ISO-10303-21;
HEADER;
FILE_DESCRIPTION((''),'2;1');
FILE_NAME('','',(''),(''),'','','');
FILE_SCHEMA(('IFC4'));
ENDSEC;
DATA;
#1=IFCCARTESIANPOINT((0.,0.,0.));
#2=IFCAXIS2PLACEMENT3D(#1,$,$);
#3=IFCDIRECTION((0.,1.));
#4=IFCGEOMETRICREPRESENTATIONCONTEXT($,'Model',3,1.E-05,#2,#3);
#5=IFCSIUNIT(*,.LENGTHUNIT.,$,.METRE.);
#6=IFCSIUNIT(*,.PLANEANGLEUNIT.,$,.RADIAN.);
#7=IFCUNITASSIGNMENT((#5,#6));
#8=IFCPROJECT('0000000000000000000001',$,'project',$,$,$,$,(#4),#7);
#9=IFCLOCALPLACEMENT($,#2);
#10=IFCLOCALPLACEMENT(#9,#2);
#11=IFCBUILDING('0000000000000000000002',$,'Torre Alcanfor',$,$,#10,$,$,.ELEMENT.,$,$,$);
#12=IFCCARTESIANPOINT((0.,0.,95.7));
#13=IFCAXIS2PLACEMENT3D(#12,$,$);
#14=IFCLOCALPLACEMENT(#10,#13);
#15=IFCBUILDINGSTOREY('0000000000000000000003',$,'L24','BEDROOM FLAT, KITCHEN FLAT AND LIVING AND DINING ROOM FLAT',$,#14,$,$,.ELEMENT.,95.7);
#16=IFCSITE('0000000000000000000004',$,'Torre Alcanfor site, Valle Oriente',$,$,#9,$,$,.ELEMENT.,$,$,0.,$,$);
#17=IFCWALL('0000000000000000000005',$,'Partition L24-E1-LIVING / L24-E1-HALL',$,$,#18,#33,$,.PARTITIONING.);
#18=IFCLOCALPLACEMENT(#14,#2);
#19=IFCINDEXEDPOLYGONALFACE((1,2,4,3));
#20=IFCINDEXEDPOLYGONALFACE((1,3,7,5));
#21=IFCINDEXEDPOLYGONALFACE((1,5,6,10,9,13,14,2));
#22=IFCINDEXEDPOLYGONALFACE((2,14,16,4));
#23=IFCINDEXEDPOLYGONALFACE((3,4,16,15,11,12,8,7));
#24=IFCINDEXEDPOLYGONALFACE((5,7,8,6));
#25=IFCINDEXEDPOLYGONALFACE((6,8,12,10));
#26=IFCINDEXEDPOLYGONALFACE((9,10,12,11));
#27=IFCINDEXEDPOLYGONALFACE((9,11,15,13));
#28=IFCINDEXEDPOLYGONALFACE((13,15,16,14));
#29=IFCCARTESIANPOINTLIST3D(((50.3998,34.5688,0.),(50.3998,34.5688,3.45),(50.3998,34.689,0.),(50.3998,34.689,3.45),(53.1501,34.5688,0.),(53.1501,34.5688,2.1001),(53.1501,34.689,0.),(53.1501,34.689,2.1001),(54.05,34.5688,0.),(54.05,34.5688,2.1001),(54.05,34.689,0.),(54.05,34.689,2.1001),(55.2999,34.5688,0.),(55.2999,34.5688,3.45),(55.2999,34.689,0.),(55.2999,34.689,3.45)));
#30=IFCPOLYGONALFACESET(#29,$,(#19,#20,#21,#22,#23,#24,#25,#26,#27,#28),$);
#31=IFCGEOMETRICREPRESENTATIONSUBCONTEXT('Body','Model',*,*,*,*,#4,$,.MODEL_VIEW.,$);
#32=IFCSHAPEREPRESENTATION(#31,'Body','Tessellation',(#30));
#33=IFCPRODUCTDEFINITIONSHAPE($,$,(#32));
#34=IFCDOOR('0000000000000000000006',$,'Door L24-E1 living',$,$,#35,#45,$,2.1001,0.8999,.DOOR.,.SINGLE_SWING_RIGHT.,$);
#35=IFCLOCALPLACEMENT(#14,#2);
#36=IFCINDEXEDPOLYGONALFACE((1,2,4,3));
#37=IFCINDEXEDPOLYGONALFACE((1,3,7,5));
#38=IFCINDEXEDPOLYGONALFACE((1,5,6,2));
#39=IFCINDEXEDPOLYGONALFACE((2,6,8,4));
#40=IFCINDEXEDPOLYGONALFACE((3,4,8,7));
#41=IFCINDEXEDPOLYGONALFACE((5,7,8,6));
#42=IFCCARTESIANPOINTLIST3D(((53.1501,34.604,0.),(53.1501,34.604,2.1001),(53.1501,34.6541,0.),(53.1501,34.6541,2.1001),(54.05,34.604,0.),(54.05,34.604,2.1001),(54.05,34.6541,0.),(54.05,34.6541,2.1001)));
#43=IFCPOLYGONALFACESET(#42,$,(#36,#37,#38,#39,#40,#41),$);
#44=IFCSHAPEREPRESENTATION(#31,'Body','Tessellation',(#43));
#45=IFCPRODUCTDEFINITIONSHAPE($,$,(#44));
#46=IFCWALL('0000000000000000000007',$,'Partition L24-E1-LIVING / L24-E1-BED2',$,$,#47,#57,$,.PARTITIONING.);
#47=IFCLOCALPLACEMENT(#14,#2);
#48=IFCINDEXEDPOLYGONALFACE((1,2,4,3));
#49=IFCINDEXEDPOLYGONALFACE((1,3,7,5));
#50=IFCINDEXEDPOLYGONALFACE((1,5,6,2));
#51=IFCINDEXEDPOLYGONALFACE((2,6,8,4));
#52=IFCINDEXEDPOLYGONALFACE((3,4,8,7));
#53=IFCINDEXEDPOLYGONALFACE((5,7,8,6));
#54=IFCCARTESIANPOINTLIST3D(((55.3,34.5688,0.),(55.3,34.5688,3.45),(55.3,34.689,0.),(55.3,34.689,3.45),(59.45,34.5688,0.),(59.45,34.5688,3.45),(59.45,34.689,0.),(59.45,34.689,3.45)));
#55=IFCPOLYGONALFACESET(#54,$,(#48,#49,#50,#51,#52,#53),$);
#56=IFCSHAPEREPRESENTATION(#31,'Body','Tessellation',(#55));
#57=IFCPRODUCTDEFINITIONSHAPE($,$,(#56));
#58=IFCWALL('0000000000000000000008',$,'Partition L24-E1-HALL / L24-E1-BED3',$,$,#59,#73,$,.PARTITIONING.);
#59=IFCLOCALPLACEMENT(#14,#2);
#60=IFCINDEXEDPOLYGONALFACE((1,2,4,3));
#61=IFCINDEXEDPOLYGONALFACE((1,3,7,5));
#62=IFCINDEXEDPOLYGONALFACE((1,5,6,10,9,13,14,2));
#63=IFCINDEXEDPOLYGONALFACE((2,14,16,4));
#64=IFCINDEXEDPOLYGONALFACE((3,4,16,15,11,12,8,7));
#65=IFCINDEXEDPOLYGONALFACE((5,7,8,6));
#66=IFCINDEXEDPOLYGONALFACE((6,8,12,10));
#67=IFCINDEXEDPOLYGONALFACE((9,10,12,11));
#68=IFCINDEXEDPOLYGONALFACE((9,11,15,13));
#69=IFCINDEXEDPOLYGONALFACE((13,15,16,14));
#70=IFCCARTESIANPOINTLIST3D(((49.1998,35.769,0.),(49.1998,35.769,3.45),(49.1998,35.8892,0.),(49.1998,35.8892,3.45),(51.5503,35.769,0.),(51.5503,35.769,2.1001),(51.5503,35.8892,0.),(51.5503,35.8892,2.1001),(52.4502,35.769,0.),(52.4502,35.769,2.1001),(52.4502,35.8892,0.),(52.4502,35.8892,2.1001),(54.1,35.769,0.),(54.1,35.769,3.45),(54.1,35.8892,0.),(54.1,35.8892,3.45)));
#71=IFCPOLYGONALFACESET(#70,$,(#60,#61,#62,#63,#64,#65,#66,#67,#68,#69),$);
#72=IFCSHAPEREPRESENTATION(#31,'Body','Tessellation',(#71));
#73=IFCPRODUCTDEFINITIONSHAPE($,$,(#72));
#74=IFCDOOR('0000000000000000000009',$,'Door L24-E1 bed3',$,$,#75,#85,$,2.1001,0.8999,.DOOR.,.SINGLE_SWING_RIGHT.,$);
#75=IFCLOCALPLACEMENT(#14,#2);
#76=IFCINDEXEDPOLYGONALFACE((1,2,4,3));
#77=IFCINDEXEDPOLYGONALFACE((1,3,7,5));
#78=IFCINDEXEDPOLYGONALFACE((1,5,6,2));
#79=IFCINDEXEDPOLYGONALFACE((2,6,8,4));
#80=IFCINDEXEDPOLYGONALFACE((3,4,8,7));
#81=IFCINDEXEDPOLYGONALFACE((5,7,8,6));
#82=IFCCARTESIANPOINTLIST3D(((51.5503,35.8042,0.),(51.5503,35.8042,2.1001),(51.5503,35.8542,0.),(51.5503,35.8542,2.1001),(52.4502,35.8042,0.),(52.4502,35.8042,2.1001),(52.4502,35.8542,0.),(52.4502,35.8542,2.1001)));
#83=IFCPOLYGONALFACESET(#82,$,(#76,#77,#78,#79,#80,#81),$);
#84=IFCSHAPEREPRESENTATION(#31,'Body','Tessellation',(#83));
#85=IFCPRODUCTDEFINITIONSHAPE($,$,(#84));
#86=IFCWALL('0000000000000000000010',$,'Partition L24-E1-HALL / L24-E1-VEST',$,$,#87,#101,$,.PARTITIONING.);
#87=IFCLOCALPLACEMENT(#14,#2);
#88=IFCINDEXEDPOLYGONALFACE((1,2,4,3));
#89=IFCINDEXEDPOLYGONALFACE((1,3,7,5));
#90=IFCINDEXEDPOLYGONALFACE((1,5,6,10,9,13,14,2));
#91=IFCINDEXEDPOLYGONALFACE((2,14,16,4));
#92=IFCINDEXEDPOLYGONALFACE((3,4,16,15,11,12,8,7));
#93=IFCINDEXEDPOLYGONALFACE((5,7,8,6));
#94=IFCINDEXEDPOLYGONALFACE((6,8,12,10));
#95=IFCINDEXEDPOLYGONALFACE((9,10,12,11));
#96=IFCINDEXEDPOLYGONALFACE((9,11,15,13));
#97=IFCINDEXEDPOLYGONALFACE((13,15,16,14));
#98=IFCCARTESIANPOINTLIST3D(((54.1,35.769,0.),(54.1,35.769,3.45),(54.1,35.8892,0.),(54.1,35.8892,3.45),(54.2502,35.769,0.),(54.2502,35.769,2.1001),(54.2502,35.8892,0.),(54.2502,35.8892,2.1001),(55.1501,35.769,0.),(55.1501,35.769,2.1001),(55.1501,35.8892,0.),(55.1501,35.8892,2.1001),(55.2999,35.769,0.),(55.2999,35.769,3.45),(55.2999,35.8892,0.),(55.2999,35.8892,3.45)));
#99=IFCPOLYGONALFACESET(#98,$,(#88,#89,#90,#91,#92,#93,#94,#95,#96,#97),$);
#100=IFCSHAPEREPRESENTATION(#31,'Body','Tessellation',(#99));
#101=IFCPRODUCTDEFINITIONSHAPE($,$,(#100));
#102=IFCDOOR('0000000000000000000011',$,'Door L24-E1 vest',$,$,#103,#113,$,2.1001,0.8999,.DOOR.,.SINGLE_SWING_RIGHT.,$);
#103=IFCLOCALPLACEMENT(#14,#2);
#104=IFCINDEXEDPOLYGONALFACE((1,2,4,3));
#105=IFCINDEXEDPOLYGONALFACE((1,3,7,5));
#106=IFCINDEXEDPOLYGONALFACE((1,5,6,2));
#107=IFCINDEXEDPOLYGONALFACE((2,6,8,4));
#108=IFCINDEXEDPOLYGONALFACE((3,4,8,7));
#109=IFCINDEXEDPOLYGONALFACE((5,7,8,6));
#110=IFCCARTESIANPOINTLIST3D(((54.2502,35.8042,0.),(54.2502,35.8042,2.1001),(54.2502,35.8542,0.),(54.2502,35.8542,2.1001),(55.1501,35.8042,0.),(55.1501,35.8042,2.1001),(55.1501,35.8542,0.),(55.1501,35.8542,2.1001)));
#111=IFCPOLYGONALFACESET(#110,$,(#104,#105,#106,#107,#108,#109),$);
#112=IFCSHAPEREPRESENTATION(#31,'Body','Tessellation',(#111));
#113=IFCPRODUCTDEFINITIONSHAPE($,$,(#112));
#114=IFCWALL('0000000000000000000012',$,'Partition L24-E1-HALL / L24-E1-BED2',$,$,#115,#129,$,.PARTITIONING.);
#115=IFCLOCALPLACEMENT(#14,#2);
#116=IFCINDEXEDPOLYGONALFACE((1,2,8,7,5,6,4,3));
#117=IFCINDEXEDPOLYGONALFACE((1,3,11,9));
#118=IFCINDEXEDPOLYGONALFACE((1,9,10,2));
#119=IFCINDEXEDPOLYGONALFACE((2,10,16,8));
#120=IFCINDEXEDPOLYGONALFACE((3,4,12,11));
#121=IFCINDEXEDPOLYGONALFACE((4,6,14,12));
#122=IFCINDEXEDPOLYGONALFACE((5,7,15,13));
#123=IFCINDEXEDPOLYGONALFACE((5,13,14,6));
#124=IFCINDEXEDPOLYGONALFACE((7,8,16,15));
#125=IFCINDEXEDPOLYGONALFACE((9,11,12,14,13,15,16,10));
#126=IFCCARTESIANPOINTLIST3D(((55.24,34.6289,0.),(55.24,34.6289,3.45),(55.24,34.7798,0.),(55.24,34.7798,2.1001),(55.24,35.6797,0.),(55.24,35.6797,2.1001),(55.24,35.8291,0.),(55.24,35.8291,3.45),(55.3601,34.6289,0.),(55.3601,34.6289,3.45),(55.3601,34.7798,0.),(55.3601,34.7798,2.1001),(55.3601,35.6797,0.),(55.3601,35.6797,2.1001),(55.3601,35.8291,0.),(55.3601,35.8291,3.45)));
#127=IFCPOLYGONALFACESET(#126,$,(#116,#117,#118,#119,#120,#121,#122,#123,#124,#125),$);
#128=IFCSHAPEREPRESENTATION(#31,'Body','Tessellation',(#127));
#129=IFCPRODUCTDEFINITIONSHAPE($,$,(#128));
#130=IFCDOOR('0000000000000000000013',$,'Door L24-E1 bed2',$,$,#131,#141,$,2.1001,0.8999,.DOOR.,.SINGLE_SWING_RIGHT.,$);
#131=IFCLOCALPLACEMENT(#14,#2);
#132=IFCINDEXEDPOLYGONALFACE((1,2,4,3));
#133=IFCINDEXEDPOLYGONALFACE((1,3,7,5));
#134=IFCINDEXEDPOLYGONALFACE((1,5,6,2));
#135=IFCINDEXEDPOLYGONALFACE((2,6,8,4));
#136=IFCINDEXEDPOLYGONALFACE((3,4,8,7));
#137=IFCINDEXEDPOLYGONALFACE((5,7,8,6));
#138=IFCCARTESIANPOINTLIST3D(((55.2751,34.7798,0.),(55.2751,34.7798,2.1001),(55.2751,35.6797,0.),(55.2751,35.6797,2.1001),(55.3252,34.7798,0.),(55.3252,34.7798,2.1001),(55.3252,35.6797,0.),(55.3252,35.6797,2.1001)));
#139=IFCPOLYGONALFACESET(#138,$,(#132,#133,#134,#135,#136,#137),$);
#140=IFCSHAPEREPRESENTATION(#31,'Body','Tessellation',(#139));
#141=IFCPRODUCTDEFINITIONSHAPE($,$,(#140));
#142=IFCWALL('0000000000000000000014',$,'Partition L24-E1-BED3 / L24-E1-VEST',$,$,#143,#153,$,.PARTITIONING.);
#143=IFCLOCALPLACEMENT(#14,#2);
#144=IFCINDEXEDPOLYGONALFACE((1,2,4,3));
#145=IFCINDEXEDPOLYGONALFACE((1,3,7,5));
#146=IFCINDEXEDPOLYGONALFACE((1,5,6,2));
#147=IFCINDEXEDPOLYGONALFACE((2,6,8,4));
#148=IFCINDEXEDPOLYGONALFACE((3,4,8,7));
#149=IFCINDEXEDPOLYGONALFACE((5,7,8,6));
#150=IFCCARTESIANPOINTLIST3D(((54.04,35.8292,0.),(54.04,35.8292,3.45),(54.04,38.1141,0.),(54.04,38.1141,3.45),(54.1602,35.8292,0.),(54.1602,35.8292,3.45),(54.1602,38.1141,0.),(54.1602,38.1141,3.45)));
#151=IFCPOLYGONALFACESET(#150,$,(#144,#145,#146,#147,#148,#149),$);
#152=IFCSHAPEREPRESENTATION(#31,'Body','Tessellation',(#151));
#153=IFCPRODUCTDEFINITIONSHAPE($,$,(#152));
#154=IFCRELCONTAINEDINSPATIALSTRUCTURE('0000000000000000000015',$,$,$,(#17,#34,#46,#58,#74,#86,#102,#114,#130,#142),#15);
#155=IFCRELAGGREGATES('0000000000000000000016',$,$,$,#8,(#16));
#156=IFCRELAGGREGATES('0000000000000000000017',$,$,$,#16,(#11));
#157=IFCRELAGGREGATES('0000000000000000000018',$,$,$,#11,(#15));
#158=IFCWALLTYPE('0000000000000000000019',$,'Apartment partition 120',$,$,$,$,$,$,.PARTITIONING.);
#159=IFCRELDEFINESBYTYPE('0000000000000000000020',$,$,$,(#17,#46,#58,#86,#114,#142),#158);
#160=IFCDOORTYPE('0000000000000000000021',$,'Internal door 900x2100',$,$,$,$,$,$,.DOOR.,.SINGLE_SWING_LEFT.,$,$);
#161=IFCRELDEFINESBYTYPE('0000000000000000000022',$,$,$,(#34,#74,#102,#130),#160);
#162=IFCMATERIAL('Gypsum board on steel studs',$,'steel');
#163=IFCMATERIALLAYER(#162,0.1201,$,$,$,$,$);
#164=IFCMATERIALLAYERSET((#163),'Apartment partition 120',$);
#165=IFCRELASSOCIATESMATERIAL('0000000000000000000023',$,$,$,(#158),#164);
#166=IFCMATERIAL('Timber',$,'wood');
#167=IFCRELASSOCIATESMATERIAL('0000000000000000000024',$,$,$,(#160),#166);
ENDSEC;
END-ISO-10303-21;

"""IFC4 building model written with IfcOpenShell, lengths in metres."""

from ifc_helpers import new_model, si_unit, direction, frame, frame_2d, origin, place, context, subcontext, project, spatial, rectangle, extrude, material, layer, layer_set, type_object, element, fill, save


model = new_model("IFC4")

# Units and contexts
model_context = context("Model", 3, precision=1e-05, world=origin(), true_north=direction((0.0, 1.0)))
body_context = subcontext(model_context, "Body", "Model", "MODEL_VIEW")
ifc_project = project(units=[si_unit("LENGTHUNIT", "METRE"), si_unit("PLANEANGLEUNIT", "RADIAN")], contexts=[model_context])

# Site, building, storey
site_placement = place(None, origin())
site = spatial("IfcSite", under=ifc_project, at=site_placement, Name="Torre Alcanfor site, Valle Oriente", CompositionType="ELEMENT", RefElevation=0.0)
building_placement = place(site_placement, origin())
building = spatial("IfcBuilding", under=site, at=building_placement, Name="Torre Alcanfor", CompositionType="ELEMENT")
storey_placement = place(building_placement, frame((0.0, 0.0, 95.7)))
storey = spatial("IfcBuildingStorey", under=building, at=storey_placement, Name="L24", Description="BEDROOM FLAT, KITCHEN FLAT AND LIVING AND DINING ROOM FLAT", CompositionType="ELEMENT", Elevation=95.7)

# Shared definitions
ifc_material_1 = material(Name="Gypsum board on steel studs", Category="steel")
ifc_layer_1 = layer(ifc_material_1, 0.1201)
ifc_layer_set_1 = layer_set([ifc_layer_1], Name="Apartment partition 120")
wall_type = type_object("IfcWallType", Name="Apartment partition 120", PredefinedType="PARTITIONING", material=ifc_layer_set_1)

# Wall, opening, door
wall_1_placement = place(storey_placement, frame((55.3, 34.6289, 0.0), z_axis=(0.0, 0.0, 1.0), x_axis=(-1.0, 0.0, 0.0)))
wall_1 = element("IfcWall", 1, at=wall_1_placement, inside=storey, type_object=wall_type, Name="Partition L24-E1-LIVING / L24-E1-HALL", PredefinedType="PARTITIONING", context=body_context, shape_type="SweptSolid", body=[
    extrude(rectangle(XDim=4.9001, YDim=0.1201, at=frame_2d((2.4502, 0.0))), origin(), (0.0, 0.0, 1.0), 3.45),
])
opening_1_placement = place(wall_1_placement, frame((1.25, 0.0, 0.0)))
opening_1 = element("IfcOpeningElement", 2, at=opening_1_placement, cuts=wall_1, PredefinedType="OPENING", context=body_context, shape_type="SweptSolid", body=[
    extrude(rectangle(XDim=0.8999, YDim=2.1001, at=frame_2d((0.45, 1.05))), frame((0.0, 0.0701, 0.0), z_axis=(0.0, -1.0, 0.0), x_axis=(1.0, 0.0, 0.0)), (0.0, 0.0, 1.0), 0.1401),
])
ifc_material_2 = material(Name="Timber", Category="wood")
door_type = type_object("IfcDoorType", Name="Internal door 900x2100", OperationType="SINGLE_SWING_LEFT", PredefinedType="DOOR", material=ifc_material_2)
door_1_placement = place(opening_1_placement, origin())
door_1 = element("IfcDoor", 3, at=door_1_placement, inside=storey, type_object=door_type, Name="Door L24-E1 living", OperationType="SINGLE_SWING_RIGHT", OverallHeight=2.1001, OverallWidth=0.8999, PredefinedType="DOOR", context=body_context, shape_type="SweptSolid", body=[
    extrude(rectangle(XDim=0.8999, YDim=2.1001, at=frame_2d((0.45, 1.05))), frame((0.0, 0.0249, 0.0), z_axis=(0.0, -1.0, 0.0), x_axis=(1.0, 0.0, 0.0)), (0.0, 0.0, 1.0), 0.05),
])
fill(opening_1, door_1)

# Wall
wall_2_placement = place(storey_placement, frame((59.45, 34.6289, 0.0), z_axis=(0.0, 0.0, 1.0), x_axis=(-1.0, 0.0, 0.0)))
element("IfcWall", 4, at=wall_2_placement, inside=storey, type_object=wall_type, Name="Partition L24-E1-LIVING / L24-E1-BED2", PredefinedType="PARTITIONING", context=body_context, shape_type="SweptSolid", body=[
    extrude(rectangle(XDim=4.1499, YDim=0.1201, at=frame_2d((2.075, 0.0))), origin(), (0.0, 0.0, 1.0), 3.45),
])

# Walls, openings, doors
wall_3_placement = place(storey_placement, frame((54.1001, 35.8291, 0.0), z_axis=(0.0, 0.0, 1.0), x_axis=(-1.0, 0.0, 0.0)))
wall_3 = element("IfcWall", 5, at=wall_3_placement, inside=storey, type_object=wall_type, Name="Partition L24-E1-HALL / L24-E1-BED3", PredefinedType="PARTITIONING", context=body_context, shape_type="SweptSolid", body=[
    extrude(rectangle(XDim=4.9001, YDim=0.1201, at=frame_2d((2.4502, 0.0))), origin(), (0.0, 0.0, 1.0), 3.45),
])
opening_2_placement = place(wall_3_placement, frame((1.6499, 0.0, 0.0)))
opening_2 = element("IfcOpeningElement", 6, at=opening_2_placement, cuts=wall_3, PredefinedType="OPENING", context=body_context, shape_type="SweptSolid", body=[
    extrude(rectangle(XDim=0.8999, YDim=2.1001, at=frame_2d((0.45, 1.05))), frame((0.0, 0.0701, 0.0), z_axis=(0.0, -1.0, 0.0), x_axis=(1.0, 0.0, 0.0)), (0.0, 0.0, 1.0), 0.1401),
])
door_2_placement = place(opening_2_placement, frame((0.8999, 0.0, 0.0), z_axis=(0.0, 0.0, 1.0), x_axis=(-1.0, 0.0, 0.0)))
door_2 = element("IfcDoor", 7, at=door_2_placement, inside=storey, type_object=door_type, Name="Door L24-E1 bed3", OperationType="SINGLE_SWING_RIGHT", OverallHeight=2.1001, OverallWidth=0.8999, PredefinedType="DOOR", context=body_context, shape_type="SweptSolid", body=[
    extrude(rectangle(XDim=0.8999, YDim=2.1001, at=frame_2d((0.45, 1.05))), frame((0.0, 0.0251, 0.0), z_axis=(0.0, -1.0, 0.0), x_axis=(1.0, 0.0, 0.0)), (0.0, 0.0, 1.0), 0.05),
])
fill(opening_2, door_2)
wall_4_placement = place(storey_placement, frame((55.3, 35.8291, 0.0), z_axis=(0.0, 0.0, 1.0), x_axis=(-1.0, 0.0, 0.0)))
wall_4 = element("IfcWall", 8, at=wall_4_placement, inside=storey, type_object=wall_type, Name="Partition L24-E1-HALL / L24-E1-VEST", PredefinedType="PARTITIONING", context=body_context, shape_type="SweptSolid", body=[
    extrude(rectangle(XDim=1.2, YDim=0.1201, at=frame_2d((0.6001, 0.0))), origin(), (0.0, 0.0, 1.0), 3.45),
])
opening_3_placement = place(wall_4_placement, frame((0.1499, 0.0, 0.0)))
opening_3 = element("IfcOpeningElement", 9, at=opening_3_placement, cuts=wall_4, PredefinedType="OPENING", context=body_context, shape_type="SweptSolid", body=[
    extrude(rectangle(XDim=0.8999, YDim=2.1001, at=frame_2d((0.45, 1.05))), frame((0.0, 0.0701, 0.0), z_axis=(0.0, -1.0, 0.0), x_axis=(1.0, 0.0, 0.0)), (0.0, 0.0, 1.0), 0.1401),
])
door_3_placement = place(opening_3_placement, frame((0.8999, 0.0, 0.0), z_axis=(0.0, 0.0, 1.0), x_axis=(-1.0, 0.0, 0.0)))
door_3 = element("IfcDoor", 10, at=door_3_placement, inside=storey, type_object=door_type, Name="Door L24-E1 vest", OperationType="SINGLE_SWING_RIGHT", OverallHeight=2.1001, OverallWidth=0.8999, PredefinedType="DOOR", context=body_context, shape_type="SweptSolid", body=[
    extrude(rectangle(XDim=0.8999, YDim=2.1001, at=frame_2d((0.45, 1.05))), frame((0.0, 0.0251, 0.0), z_axis=(0.0, -1.0, 0.0), x_axis=(1.0, 0.0, 0.0)), (0.0, 0.0, 1.0), 0.05),
])
fill(opening_3, door_3)
wall_5_placement = place(storey_placement, frame((55.3, 34.6289, 0.0), z_axis=(0.0, 0.0, 1.0), x_axis=(0.0, 1.0, 0.0)))
wall_5 = element("IfcWall", 11, at=wall_5_placement, inside=storey, type_object=wall_type, Name="Partition L24-E1-HALL / L24-E1-BED2", PredefinedType="PARTITIONING", context=body_context, shape_type="SweptSolid", body=[
    extrude(rectangle(XDim=1.2002, YDim=0.1201, at=frame_2d((0.6001, 0.0))), origin(), (0.0, 0.0, 1.0), 3.45),
])
opening_4_placement = place(wall_5_placement, frame((0.1509, 0.0, 0.0)))
opening_4 = element("IfcOpeningElement", 12, at=opening_4_placement, cuts=wall_5, PredefinedType="OPENING", context=body_context, shape_type="SweptSolid", body=[
    extrude(rectangle(XDim=0.8999, YDim=2.1001, at=frame_2d((0.45, 1.05))), frame((0.0, 0.0701, 0.0), z_axis=(0.0, -1.0, 0.0), x_axis=(1.0, 0.0, 0.0)), (0.0, 0.0, 1.0), 0.1401),
])
door_4_placement = place(opening_4_placement, frame((0.8999, 0.0, 0.0), z_axis=(0.0, 0.0, 1.0), x_axis=(-1.0, 0.0, 0.0)))
door_4 = element("IfcDoor", 13, at=door_4_placement, inside=storey, type_object=door_type, Name="Door L24-E1 bed2", OperationType="SINGLE_SWING_RIGHT", OverallHeight=2.1001, OverallWidth=0.8999, PredefinedType="DOOR", context=body_context, shape_type="SweptSolid", body=[
    extrude(rectangle(XDim=0.8999, YDim=2.1001, at=frame_2d((0.45, 1.05))), frame((0.0, 0.0251, 0.0), z_axis=(0.0, -1.0, 0.0), x_axis=(1.0, 0.0, 0.0)), (0.0, 0.0, 1.0), 0.05),
])
fill(opening_4, door_4)

# Wall
wall_6_placement = place(storey_placement, frame((54.1001, 35.8291, 0.0), z_axis=(0.0, 0.0, 1.0), x_axis=(0.0, 1.0, 0.0)))
element("IfcWall", 14, at=wall_6_placement, inside=storey, type_object=wall_type, Name="Partition L24-E1-BED3 / L24-E1-VEST", PredefinedType="PARTITIONING", context=body_context, shape_type="SweptSolid", body=[
    extrude(rectangle(XDim=2.2849, YDim=0.1201, at=frame_2d((1.1426, 0.0))), origin(), (0.0, 0.0, 1.0), 3.45),
])

save(model, "model.ifc")
